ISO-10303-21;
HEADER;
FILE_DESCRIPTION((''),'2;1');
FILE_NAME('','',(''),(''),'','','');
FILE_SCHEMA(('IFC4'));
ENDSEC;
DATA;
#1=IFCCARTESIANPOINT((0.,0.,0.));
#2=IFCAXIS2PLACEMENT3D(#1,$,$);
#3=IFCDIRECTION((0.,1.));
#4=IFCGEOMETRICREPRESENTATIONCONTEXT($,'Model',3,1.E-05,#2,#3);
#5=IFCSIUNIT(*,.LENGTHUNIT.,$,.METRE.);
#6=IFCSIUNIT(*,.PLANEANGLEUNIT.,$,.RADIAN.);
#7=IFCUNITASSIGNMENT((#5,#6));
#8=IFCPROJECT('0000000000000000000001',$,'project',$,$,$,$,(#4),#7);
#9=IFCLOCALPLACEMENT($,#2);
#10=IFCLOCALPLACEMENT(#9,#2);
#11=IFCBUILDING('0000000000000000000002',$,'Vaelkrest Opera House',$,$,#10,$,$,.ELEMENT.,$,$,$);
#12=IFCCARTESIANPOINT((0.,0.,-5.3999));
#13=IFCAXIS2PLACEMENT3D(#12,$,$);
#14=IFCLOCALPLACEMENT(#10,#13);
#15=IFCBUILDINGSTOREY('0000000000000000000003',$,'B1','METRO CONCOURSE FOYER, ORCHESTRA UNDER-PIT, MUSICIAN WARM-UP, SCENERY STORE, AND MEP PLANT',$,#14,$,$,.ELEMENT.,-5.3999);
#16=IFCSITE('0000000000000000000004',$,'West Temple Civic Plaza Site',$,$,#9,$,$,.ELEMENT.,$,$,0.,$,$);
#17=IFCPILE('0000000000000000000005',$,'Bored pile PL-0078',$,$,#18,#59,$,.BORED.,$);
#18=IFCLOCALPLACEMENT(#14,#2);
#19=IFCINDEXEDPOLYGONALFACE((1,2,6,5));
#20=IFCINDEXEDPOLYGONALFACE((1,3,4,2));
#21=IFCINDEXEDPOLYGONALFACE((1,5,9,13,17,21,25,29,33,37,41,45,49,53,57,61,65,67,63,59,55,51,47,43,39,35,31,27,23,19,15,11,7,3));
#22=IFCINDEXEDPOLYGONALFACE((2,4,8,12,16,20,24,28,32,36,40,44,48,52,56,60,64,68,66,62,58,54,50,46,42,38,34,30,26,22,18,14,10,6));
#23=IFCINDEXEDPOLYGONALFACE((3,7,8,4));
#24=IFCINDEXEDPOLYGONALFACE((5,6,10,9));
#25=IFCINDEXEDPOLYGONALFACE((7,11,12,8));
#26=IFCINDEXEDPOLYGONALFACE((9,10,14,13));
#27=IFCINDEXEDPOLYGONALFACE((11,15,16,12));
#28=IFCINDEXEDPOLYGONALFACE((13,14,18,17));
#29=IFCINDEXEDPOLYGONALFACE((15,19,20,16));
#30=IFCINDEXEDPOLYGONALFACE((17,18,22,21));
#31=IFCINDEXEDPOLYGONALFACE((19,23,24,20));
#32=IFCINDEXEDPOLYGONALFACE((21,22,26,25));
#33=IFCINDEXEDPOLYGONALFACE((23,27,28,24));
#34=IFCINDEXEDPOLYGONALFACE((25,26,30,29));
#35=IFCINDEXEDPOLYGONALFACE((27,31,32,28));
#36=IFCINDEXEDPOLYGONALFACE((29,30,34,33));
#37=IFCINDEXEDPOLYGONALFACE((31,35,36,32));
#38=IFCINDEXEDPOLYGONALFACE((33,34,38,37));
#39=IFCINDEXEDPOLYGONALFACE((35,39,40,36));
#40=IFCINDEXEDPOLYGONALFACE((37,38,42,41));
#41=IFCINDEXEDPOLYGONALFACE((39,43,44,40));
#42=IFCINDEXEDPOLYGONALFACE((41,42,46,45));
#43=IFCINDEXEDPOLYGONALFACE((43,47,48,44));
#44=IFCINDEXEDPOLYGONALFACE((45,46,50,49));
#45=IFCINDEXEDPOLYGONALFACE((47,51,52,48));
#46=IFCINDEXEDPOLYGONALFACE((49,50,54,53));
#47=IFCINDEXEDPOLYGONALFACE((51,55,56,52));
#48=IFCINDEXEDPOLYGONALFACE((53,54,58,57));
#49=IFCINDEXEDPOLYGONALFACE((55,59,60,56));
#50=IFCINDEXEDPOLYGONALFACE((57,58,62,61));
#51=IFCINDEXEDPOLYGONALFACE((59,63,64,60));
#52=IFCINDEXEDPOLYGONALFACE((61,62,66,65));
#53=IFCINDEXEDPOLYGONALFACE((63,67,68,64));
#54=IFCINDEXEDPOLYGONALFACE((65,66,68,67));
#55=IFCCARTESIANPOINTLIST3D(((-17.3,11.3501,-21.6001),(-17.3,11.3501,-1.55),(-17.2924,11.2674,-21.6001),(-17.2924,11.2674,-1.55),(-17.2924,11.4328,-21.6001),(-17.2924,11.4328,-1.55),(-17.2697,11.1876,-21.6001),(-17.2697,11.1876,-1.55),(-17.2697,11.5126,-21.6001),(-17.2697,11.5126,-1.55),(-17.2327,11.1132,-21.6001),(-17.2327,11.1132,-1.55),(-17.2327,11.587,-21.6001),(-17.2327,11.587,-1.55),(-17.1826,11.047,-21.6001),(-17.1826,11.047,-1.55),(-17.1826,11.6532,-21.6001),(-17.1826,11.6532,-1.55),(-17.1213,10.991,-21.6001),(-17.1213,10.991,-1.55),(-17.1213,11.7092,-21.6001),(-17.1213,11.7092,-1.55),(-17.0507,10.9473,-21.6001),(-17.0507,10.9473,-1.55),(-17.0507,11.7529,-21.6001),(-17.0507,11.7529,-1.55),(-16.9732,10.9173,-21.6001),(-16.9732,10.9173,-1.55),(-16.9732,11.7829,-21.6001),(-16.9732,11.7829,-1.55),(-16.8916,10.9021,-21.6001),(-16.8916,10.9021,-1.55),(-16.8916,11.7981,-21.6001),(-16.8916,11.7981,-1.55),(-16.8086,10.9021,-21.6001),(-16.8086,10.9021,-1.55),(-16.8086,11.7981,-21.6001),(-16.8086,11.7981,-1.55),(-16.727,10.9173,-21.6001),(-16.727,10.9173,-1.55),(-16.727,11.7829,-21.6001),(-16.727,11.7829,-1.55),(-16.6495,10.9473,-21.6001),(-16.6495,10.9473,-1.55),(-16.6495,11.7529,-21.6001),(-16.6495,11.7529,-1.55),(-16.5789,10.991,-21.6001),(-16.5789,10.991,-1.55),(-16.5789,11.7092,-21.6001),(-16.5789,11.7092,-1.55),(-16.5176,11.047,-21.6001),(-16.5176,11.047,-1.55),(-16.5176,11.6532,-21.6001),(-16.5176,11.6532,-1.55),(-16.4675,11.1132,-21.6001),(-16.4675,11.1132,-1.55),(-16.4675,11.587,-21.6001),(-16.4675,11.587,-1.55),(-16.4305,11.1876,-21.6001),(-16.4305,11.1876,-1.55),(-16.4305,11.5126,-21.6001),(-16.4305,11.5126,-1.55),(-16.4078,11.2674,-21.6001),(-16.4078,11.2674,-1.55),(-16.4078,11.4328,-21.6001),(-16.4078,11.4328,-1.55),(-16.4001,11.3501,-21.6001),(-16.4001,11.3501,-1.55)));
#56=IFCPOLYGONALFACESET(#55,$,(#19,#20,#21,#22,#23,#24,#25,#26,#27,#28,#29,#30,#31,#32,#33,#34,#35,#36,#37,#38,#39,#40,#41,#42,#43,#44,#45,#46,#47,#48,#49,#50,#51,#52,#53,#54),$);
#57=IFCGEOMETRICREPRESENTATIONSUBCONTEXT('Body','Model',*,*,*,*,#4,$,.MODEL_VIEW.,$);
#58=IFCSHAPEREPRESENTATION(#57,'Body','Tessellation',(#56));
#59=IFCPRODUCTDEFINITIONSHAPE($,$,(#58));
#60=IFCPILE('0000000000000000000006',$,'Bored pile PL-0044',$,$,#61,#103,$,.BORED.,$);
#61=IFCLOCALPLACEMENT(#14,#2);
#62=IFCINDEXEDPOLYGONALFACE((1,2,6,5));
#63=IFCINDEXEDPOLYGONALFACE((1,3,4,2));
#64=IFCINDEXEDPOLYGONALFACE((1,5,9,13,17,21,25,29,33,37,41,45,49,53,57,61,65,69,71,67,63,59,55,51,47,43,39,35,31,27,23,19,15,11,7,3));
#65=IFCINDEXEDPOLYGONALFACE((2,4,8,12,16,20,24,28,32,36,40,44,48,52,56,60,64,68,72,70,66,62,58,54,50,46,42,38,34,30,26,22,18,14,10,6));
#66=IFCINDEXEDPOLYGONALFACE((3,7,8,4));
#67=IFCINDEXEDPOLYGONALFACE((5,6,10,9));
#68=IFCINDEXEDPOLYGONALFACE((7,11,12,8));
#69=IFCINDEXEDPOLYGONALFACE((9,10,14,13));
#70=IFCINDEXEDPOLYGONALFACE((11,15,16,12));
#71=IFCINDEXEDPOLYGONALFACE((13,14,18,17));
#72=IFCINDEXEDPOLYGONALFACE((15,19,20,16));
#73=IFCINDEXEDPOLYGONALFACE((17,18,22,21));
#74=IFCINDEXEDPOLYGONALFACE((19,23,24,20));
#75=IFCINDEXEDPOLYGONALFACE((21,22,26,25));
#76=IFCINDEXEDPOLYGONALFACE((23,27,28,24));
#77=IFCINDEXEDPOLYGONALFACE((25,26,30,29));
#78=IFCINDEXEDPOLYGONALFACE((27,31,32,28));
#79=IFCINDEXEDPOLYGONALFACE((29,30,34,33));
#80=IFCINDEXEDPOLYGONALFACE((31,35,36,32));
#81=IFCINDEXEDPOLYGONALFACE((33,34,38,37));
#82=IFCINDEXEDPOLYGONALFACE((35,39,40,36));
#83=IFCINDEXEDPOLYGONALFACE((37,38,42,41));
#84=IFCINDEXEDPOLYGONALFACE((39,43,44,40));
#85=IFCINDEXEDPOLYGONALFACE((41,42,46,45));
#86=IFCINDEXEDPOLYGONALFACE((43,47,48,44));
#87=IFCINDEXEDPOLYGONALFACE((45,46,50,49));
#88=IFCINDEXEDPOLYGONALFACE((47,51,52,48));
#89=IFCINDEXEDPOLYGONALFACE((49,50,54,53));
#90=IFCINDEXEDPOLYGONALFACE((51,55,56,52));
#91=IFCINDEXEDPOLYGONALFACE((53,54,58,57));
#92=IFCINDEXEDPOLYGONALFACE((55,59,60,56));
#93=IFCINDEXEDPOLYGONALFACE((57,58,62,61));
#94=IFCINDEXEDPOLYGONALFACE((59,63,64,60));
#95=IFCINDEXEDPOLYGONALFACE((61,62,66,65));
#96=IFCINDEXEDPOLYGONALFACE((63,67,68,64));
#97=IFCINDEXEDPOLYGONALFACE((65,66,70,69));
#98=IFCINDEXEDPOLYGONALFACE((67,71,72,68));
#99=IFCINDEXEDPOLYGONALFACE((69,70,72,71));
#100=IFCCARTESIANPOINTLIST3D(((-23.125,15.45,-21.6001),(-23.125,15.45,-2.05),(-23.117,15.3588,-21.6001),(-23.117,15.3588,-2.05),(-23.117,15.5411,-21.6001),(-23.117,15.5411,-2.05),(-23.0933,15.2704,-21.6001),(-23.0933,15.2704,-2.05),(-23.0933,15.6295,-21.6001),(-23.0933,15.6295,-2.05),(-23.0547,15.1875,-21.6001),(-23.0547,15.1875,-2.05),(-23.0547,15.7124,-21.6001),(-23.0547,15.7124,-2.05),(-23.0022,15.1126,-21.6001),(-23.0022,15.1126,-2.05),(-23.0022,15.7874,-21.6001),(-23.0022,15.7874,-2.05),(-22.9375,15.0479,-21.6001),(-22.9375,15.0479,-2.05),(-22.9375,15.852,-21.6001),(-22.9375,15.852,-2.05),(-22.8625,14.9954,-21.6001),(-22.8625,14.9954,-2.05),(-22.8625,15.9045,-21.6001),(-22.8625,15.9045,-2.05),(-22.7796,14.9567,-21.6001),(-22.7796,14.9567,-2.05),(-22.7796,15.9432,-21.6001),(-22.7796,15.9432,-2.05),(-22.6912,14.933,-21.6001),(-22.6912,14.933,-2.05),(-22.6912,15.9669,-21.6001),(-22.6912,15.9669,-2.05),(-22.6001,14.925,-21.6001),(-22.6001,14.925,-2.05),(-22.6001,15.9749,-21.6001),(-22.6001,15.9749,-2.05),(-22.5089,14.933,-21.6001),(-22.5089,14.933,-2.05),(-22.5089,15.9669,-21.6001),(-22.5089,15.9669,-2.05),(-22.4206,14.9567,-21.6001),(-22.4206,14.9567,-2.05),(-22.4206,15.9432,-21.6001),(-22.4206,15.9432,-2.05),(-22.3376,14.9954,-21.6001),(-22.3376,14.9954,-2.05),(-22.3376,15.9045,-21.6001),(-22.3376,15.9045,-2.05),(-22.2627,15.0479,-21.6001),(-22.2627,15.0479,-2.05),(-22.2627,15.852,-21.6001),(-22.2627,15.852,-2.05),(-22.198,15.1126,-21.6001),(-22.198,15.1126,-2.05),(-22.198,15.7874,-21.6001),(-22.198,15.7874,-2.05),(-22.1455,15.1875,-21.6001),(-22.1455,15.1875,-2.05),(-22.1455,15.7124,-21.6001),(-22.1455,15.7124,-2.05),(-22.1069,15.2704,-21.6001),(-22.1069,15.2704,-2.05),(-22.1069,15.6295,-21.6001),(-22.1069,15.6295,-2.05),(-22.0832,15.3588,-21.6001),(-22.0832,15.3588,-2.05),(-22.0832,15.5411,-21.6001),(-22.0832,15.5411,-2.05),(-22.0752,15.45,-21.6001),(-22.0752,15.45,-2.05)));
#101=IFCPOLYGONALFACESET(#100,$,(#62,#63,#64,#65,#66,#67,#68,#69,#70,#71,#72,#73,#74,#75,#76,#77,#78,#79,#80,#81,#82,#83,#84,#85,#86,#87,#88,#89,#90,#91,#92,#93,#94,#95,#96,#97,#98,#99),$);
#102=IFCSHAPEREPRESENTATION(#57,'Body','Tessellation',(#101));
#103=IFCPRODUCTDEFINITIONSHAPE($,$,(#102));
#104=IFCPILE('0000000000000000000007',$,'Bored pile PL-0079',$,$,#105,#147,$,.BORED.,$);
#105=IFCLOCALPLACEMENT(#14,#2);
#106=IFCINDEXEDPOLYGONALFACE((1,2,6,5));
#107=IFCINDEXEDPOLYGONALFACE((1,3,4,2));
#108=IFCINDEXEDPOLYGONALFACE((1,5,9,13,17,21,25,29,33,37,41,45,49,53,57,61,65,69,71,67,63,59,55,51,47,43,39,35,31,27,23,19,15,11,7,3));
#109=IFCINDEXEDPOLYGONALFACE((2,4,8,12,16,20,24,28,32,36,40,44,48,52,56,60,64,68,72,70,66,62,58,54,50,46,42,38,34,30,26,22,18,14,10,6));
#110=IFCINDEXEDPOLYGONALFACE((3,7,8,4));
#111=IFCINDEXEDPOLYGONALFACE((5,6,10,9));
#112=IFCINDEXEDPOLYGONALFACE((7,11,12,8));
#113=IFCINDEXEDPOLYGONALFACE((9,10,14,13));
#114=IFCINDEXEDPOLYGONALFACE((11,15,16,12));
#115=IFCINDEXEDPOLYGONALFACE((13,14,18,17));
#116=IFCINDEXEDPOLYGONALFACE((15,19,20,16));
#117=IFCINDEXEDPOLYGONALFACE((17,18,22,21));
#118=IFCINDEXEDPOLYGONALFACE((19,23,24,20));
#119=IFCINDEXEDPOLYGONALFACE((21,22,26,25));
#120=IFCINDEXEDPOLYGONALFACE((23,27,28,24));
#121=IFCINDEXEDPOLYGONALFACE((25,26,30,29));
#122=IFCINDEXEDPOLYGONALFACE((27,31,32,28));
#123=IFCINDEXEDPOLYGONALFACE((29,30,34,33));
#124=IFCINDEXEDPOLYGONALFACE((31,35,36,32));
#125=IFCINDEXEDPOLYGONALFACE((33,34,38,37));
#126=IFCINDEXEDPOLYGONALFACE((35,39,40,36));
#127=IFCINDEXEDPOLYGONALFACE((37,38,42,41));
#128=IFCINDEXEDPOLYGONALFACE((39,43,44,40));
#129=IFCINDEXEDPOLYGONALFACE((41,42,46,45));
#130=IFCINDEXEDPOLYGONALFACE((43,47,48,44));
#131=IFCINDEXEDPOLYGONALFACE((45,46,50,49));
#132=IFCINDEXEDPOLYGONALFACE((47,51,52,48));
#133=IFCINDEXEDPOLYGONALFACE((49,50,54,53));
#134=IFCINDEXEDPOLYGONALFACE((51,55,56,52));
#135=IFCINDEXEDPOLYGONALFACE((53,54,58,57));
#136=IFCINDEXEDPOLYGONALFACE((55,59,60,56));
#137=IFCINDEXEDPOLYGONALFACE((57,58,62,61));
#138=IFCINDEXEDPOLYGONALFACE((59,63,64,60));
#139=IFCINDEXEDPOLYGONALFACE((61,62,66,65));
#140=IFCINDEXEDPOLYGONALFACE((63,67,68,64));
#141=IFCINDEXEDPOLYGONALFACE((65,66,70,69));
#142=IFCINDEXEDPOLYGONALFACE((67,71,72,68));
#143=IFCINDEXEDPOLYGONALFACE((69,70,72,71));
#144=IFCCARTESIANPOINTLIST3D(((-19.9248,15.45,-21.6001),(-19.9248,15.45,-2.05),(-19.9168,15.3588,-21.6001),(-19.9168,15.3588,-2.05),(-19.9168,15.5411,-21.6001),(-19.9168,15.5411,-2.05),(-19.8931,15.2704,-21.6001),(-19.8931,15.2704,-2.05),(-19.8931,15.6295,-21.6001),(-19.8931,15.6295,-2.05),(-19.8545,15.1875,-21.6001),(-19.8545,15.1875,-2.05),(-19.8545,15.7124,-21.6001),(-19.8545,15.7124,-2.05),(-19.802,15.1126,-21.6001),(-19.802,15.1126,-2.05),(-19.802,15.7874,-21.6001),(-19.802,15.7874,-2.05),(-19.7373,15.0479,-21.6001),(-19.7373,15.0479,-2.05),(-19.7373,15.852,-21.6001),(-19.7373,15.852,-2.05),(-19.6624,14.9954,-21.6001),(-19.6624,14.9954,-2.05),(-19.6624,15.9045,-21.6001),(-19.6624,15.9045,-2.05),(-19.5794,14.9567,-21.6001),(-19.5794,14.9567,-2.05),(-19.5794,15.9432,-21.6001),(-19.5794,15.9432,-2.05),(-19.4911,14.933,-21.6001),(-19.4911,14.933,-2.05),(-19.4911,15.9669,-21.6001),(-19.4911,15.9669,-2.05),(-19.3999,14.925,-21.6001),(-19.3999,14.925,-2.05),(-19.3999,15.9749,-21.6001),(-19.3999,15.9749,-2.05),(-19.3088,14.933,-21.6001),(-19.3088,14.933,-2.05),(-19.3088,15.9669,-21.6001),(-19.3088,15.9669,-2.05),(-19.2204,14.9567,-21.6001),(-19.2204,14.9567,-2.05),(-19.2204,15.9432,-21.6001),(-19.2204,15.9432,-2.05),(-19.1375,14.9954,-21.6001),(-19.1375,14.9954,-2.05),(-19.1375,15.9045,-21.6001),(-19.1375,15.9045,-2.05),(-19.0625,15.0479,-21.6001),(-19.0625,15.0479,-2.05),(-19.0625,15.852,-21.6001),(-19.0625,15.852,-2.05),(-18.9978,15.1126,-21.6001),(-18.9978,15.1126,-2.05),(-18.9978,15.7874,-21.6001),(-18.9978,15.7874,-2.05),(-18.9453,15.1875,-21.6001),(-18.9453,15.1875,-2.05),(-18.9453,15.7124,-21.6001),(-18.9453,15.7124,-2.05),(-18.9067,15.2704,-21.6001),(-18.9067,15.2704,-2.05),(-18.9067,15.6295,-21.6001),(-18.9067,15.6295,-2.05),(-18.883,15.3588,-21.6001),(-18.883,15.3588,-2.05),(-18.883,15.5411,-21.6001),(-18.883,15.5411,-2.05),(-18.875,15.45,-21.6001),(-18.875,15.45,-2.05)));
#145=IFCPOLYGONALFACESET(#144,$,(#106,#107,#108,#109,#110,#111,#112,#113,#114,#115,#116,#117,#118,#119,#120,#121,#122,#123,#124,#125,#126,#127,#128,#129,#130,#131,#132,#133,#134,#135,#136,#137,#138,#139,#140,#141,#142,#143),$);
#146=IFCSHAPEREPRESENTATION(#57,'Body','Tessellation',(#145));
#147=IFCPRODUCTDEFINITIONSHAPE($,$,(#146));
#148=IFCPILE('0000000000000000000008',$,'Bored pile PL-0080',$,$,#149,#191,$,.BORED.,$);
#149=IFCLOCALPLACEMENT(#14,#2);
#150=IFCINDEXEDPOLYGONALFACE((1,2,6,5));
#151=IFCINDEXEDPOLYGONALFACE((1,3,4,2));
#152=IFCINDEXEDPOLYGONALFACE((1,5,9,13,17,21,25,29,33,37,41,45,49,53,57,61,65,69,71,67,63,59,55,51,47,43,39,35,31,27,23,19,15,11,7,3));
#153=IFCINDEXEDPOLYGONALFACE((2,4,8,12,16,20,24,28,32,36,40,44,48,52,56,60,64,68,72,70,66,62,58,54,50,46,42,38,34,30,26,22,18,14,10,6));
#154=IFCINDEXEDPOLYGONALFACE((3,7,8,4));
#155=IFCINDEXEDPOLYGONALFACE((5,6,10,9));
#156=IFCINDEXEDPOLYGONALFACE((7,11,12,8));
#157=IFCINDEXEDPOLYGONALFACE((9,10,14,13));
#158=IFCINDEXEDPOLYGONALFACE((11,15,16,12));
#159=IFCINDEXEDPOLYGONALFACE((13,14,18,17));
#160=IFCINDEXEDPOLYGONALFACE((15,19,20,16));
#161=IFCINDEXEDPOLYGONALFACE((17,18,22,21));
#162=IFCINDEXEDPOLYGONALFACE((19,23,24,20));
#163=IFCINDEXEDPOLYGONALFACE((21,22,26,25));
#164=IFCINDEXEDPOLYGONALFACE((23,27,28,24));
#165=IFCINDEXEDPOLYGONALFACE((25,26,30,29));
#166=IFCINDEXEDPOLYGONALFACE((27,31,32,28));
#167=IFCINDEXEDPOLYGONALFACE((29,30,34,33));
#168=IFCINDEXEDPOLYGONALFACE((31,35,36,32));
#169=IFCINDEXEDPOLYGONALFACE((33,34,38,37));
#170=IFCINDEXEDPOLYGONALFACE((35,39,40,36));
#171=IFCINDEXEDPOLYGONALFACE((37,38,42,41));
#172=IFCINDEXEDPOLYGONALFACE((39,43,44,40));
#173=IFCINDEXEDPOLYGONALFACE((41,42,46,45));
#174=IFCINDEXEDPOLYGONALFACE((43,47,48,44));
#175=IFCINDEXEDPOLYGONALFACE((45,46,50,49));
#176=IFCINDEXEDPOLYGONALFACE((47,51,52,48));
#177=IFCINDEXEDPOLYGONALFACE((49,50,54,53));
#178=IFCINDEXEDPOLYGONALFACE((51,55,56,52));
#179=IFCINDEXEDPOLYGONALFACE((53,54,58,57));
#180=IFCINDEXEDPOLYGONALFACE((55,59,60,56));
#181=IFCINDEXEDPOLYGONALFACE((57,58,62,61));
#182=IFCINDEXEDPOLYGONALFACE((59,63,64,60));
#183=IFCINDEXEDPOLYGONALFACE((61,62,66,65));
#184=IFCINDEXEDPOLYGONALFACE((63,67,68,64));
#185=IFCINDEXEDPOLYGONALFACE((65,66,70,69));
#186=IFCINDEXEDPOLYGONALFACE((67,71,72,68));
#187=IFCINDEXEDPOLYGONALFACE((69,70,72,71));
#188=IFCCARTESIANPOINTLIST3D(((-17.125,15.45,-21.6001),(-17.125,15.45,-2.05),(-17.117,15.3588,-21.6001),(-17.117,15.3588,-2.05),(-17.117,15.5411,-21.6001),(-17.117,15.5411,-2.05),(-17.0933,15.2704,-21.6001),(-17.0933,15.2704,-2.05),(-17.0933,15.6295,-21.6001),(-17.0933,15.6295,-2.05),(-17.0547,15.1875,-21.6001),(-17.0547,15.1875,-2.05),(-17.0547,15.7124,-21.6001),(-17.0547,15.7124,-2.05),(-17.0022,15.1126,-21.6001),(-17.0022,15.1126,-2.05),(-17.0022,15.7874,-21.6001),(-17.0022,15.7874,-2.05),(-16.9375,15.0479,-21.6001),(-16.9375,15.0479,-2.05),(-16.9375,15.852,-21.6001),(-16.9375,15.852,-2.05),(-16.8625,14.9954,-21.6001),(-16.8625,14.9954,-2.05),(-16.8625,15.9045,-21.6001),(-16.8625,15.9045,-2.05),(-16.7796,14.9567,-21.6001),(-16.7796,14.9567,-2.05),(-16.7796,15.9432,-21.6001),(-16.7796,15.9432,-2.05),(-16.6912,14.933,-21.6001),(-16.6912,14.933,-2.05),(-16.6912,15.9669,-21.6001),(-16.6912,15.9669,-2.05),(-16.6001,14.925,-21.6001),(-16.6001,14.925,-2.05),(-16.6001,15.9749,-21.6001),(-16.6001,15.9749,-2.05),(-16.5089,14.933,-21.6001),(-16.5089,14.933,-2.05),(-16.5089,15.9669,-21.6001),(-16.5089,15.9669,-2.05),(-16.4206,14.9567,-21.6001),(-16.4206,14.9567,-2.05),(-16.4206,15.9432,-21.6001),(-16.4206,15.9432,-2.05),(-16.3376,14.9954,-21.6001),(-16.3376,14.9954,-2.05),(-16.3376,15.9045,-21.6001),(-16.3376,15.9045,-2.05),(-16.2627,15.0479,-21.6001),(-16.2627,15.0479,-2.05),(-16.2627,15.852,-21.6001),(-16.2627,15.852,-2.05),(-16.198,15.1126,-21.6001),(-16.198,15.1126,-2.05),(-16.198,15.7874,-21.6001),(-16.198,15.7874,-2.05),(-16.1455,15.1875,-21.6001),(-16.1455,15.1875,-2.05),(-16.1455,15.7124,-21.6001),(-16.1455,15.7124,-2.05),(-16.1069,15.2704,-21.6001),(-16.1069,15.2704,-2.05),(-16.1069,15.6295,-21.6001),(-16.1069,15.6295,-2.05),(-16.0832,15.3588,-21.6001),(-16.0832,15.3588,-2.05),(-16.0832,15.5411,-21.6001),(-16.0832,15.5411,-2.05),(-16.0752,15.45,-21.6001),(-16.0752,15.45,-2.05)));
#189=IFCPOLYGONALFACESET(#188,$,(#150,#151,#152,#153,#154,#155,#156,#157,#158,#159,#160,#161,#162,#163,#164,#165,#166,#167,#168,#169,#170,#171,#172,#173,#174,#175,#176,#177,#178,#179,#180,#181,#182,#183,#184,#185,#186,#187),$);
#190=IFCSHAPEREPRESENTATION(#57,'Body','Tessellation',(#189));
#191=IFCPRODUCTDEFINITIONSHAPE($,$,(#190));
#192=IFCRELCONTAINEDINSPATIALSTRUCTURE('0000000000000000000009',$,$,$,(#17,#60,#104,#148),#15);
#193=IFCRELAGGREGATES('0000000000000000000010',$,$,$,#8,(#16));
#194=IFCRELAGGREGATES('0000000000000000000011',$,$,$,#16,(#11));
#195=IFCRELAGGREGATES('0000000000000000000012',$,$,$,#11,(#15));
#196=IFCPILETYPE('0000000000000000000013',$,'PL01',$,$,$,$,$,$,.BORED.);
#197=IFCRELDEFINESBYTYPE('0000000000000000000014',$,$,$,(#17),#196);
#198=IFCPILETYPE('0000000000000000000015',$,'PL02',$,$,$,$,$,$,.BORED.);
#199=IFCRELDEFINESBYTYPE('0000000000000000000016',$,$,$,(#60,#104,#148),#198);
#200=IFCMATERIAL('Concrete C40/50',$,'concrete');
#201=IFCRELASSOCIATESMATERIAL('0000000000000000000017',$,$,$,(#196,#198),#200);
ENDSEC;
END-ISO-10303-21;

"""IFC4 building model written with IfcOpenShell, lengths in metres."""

from ifc_helpers import new_model, si_unit, direction, frame, origin, origin_2d, place, context, subcontext, project, spatial, circle, extrude, material, material_profile, profile_set, type_object, element, save


model = new_model("IFC4")

# Units and contexts
model_context = context("Model", 3, precision=1e-05, world=origin(), true_north=direction((0.0, 1.0)))
body_context = subcontext(model_context, "Body", "Model", "MODEL_VIEW")
ifc_project = project(units=[si_unit("LENGTHUNIT", "METRE"), si_unit("PLANEANGLEUNIT", "RADIAN")], contexts=[model_context])

# Site, building, storey
site_placement = place(None, origin())
site = spatial("IfcSite", under=ifc_project, at=site_placement, Name="West Temple Civic Plaza Site", CompositionType="ELEMENT", RefElevation=0.0)
building_placement = place(site_placement, origin())
building = spatial("IfcBuilding", under=site, at=building_placement, Name="Vaelkrest Opera House", CompositionType="ELEMENT")
storey_placement = place(building_placement, frame((0.0, 0.0, -5.3999)))
storey = spatial("IfcBuildingStorey", under=building, at=storey_placement, Name="B1", Description="METRO CONCOURSE FOYER, ORCHESTRA UNDER-PIT, MUSICIAN WARM-UP, SCENERY STORE, AND MEP PLANT", CompositionType="ELEMENT", Elevation=-5.3999)

# Shared definitions
ifc_material_1 = material(Name="Concrete C40/50", Category="concrete")

# Piles
ifc_material_profile_1 = material_profile(ifc_material_1, circle(Radius=0.45, at=origin_2d()), Name="PILE900")
ifc_profile_set_1 = profile_set([ifc_material_profile_1], Name="Concrete C40/50")
pile_type_1 = type_object("IfcPileType", Name="PL01", PredefinedType="BORED", material=ifc_profile_set_1)
for number, where, z_axis, x_axis, name in (
    (1, (-16.8501, 11.3501, -1.55), (0.0, 0.0, -1.0), (1.0, 0.0, 0.0), "Bored pile PL-0078"),
):
    element("IfcPile", number, at=place(storey_placement, frame(where, z_axis=z_axis, x_axis=x_axis)), inside=storey, type_object=pile_type_1, Name=name, PredefinedType="BORED", context=body_context, shape_type="SweptSolid", body=[
        extrude(circle(Radius=0.45, at=origin_2d()), origin(), (0.0, 0.0, 1.0), 20.05),
    ])
ifc_material_profile_2 = material_profile(ifc_material_1, circle(Radius=0.5249, at=origin_2d()), Name="PILE1050")
ifc_profile_set_2 = profile_set([ifc_material_profile_2], Name="Concrete C40/50")
pile_type_2 = type_object("IfcPileType", Name="PL02", PredefinedType="BORED", material=ifc_profile_set_2)
for number, where, z_axis, x_axis, name in (
    (2, (-22.6001, 15.45, -2.05), (0.0, 0.0, -1.0), (1.0, 0.0, 0.0), "Bored pile PL-0044"),
    (3, (-19.3999, 15.45, -2.05), (0.0, 0.0, -1.0), (1.0, 0.0, 0.0), "Bored pile PL-0079"),
    (4, (-16.6001, 15.45, -2.05), (0.0, 0.0, -1.0), (1.0, 0.0, 0.0), "Bored pile PL-0080"),
):
    element("IfcPile", number, at=place(storey_placement, frame(where, z_axis=z_axis, x_axis=x_axis)), inside=storey, type_object=pile_type_2, Name=name, PredefinedType="BORED", context=body_context, shape_type="SweptSolid", body=[
        extrude(circle(Radius=0.5249, at=origin_2d()), origin(), (0.0, 0.0, 1.0), 19.55),
    ])

save(model, "model.ifc")
